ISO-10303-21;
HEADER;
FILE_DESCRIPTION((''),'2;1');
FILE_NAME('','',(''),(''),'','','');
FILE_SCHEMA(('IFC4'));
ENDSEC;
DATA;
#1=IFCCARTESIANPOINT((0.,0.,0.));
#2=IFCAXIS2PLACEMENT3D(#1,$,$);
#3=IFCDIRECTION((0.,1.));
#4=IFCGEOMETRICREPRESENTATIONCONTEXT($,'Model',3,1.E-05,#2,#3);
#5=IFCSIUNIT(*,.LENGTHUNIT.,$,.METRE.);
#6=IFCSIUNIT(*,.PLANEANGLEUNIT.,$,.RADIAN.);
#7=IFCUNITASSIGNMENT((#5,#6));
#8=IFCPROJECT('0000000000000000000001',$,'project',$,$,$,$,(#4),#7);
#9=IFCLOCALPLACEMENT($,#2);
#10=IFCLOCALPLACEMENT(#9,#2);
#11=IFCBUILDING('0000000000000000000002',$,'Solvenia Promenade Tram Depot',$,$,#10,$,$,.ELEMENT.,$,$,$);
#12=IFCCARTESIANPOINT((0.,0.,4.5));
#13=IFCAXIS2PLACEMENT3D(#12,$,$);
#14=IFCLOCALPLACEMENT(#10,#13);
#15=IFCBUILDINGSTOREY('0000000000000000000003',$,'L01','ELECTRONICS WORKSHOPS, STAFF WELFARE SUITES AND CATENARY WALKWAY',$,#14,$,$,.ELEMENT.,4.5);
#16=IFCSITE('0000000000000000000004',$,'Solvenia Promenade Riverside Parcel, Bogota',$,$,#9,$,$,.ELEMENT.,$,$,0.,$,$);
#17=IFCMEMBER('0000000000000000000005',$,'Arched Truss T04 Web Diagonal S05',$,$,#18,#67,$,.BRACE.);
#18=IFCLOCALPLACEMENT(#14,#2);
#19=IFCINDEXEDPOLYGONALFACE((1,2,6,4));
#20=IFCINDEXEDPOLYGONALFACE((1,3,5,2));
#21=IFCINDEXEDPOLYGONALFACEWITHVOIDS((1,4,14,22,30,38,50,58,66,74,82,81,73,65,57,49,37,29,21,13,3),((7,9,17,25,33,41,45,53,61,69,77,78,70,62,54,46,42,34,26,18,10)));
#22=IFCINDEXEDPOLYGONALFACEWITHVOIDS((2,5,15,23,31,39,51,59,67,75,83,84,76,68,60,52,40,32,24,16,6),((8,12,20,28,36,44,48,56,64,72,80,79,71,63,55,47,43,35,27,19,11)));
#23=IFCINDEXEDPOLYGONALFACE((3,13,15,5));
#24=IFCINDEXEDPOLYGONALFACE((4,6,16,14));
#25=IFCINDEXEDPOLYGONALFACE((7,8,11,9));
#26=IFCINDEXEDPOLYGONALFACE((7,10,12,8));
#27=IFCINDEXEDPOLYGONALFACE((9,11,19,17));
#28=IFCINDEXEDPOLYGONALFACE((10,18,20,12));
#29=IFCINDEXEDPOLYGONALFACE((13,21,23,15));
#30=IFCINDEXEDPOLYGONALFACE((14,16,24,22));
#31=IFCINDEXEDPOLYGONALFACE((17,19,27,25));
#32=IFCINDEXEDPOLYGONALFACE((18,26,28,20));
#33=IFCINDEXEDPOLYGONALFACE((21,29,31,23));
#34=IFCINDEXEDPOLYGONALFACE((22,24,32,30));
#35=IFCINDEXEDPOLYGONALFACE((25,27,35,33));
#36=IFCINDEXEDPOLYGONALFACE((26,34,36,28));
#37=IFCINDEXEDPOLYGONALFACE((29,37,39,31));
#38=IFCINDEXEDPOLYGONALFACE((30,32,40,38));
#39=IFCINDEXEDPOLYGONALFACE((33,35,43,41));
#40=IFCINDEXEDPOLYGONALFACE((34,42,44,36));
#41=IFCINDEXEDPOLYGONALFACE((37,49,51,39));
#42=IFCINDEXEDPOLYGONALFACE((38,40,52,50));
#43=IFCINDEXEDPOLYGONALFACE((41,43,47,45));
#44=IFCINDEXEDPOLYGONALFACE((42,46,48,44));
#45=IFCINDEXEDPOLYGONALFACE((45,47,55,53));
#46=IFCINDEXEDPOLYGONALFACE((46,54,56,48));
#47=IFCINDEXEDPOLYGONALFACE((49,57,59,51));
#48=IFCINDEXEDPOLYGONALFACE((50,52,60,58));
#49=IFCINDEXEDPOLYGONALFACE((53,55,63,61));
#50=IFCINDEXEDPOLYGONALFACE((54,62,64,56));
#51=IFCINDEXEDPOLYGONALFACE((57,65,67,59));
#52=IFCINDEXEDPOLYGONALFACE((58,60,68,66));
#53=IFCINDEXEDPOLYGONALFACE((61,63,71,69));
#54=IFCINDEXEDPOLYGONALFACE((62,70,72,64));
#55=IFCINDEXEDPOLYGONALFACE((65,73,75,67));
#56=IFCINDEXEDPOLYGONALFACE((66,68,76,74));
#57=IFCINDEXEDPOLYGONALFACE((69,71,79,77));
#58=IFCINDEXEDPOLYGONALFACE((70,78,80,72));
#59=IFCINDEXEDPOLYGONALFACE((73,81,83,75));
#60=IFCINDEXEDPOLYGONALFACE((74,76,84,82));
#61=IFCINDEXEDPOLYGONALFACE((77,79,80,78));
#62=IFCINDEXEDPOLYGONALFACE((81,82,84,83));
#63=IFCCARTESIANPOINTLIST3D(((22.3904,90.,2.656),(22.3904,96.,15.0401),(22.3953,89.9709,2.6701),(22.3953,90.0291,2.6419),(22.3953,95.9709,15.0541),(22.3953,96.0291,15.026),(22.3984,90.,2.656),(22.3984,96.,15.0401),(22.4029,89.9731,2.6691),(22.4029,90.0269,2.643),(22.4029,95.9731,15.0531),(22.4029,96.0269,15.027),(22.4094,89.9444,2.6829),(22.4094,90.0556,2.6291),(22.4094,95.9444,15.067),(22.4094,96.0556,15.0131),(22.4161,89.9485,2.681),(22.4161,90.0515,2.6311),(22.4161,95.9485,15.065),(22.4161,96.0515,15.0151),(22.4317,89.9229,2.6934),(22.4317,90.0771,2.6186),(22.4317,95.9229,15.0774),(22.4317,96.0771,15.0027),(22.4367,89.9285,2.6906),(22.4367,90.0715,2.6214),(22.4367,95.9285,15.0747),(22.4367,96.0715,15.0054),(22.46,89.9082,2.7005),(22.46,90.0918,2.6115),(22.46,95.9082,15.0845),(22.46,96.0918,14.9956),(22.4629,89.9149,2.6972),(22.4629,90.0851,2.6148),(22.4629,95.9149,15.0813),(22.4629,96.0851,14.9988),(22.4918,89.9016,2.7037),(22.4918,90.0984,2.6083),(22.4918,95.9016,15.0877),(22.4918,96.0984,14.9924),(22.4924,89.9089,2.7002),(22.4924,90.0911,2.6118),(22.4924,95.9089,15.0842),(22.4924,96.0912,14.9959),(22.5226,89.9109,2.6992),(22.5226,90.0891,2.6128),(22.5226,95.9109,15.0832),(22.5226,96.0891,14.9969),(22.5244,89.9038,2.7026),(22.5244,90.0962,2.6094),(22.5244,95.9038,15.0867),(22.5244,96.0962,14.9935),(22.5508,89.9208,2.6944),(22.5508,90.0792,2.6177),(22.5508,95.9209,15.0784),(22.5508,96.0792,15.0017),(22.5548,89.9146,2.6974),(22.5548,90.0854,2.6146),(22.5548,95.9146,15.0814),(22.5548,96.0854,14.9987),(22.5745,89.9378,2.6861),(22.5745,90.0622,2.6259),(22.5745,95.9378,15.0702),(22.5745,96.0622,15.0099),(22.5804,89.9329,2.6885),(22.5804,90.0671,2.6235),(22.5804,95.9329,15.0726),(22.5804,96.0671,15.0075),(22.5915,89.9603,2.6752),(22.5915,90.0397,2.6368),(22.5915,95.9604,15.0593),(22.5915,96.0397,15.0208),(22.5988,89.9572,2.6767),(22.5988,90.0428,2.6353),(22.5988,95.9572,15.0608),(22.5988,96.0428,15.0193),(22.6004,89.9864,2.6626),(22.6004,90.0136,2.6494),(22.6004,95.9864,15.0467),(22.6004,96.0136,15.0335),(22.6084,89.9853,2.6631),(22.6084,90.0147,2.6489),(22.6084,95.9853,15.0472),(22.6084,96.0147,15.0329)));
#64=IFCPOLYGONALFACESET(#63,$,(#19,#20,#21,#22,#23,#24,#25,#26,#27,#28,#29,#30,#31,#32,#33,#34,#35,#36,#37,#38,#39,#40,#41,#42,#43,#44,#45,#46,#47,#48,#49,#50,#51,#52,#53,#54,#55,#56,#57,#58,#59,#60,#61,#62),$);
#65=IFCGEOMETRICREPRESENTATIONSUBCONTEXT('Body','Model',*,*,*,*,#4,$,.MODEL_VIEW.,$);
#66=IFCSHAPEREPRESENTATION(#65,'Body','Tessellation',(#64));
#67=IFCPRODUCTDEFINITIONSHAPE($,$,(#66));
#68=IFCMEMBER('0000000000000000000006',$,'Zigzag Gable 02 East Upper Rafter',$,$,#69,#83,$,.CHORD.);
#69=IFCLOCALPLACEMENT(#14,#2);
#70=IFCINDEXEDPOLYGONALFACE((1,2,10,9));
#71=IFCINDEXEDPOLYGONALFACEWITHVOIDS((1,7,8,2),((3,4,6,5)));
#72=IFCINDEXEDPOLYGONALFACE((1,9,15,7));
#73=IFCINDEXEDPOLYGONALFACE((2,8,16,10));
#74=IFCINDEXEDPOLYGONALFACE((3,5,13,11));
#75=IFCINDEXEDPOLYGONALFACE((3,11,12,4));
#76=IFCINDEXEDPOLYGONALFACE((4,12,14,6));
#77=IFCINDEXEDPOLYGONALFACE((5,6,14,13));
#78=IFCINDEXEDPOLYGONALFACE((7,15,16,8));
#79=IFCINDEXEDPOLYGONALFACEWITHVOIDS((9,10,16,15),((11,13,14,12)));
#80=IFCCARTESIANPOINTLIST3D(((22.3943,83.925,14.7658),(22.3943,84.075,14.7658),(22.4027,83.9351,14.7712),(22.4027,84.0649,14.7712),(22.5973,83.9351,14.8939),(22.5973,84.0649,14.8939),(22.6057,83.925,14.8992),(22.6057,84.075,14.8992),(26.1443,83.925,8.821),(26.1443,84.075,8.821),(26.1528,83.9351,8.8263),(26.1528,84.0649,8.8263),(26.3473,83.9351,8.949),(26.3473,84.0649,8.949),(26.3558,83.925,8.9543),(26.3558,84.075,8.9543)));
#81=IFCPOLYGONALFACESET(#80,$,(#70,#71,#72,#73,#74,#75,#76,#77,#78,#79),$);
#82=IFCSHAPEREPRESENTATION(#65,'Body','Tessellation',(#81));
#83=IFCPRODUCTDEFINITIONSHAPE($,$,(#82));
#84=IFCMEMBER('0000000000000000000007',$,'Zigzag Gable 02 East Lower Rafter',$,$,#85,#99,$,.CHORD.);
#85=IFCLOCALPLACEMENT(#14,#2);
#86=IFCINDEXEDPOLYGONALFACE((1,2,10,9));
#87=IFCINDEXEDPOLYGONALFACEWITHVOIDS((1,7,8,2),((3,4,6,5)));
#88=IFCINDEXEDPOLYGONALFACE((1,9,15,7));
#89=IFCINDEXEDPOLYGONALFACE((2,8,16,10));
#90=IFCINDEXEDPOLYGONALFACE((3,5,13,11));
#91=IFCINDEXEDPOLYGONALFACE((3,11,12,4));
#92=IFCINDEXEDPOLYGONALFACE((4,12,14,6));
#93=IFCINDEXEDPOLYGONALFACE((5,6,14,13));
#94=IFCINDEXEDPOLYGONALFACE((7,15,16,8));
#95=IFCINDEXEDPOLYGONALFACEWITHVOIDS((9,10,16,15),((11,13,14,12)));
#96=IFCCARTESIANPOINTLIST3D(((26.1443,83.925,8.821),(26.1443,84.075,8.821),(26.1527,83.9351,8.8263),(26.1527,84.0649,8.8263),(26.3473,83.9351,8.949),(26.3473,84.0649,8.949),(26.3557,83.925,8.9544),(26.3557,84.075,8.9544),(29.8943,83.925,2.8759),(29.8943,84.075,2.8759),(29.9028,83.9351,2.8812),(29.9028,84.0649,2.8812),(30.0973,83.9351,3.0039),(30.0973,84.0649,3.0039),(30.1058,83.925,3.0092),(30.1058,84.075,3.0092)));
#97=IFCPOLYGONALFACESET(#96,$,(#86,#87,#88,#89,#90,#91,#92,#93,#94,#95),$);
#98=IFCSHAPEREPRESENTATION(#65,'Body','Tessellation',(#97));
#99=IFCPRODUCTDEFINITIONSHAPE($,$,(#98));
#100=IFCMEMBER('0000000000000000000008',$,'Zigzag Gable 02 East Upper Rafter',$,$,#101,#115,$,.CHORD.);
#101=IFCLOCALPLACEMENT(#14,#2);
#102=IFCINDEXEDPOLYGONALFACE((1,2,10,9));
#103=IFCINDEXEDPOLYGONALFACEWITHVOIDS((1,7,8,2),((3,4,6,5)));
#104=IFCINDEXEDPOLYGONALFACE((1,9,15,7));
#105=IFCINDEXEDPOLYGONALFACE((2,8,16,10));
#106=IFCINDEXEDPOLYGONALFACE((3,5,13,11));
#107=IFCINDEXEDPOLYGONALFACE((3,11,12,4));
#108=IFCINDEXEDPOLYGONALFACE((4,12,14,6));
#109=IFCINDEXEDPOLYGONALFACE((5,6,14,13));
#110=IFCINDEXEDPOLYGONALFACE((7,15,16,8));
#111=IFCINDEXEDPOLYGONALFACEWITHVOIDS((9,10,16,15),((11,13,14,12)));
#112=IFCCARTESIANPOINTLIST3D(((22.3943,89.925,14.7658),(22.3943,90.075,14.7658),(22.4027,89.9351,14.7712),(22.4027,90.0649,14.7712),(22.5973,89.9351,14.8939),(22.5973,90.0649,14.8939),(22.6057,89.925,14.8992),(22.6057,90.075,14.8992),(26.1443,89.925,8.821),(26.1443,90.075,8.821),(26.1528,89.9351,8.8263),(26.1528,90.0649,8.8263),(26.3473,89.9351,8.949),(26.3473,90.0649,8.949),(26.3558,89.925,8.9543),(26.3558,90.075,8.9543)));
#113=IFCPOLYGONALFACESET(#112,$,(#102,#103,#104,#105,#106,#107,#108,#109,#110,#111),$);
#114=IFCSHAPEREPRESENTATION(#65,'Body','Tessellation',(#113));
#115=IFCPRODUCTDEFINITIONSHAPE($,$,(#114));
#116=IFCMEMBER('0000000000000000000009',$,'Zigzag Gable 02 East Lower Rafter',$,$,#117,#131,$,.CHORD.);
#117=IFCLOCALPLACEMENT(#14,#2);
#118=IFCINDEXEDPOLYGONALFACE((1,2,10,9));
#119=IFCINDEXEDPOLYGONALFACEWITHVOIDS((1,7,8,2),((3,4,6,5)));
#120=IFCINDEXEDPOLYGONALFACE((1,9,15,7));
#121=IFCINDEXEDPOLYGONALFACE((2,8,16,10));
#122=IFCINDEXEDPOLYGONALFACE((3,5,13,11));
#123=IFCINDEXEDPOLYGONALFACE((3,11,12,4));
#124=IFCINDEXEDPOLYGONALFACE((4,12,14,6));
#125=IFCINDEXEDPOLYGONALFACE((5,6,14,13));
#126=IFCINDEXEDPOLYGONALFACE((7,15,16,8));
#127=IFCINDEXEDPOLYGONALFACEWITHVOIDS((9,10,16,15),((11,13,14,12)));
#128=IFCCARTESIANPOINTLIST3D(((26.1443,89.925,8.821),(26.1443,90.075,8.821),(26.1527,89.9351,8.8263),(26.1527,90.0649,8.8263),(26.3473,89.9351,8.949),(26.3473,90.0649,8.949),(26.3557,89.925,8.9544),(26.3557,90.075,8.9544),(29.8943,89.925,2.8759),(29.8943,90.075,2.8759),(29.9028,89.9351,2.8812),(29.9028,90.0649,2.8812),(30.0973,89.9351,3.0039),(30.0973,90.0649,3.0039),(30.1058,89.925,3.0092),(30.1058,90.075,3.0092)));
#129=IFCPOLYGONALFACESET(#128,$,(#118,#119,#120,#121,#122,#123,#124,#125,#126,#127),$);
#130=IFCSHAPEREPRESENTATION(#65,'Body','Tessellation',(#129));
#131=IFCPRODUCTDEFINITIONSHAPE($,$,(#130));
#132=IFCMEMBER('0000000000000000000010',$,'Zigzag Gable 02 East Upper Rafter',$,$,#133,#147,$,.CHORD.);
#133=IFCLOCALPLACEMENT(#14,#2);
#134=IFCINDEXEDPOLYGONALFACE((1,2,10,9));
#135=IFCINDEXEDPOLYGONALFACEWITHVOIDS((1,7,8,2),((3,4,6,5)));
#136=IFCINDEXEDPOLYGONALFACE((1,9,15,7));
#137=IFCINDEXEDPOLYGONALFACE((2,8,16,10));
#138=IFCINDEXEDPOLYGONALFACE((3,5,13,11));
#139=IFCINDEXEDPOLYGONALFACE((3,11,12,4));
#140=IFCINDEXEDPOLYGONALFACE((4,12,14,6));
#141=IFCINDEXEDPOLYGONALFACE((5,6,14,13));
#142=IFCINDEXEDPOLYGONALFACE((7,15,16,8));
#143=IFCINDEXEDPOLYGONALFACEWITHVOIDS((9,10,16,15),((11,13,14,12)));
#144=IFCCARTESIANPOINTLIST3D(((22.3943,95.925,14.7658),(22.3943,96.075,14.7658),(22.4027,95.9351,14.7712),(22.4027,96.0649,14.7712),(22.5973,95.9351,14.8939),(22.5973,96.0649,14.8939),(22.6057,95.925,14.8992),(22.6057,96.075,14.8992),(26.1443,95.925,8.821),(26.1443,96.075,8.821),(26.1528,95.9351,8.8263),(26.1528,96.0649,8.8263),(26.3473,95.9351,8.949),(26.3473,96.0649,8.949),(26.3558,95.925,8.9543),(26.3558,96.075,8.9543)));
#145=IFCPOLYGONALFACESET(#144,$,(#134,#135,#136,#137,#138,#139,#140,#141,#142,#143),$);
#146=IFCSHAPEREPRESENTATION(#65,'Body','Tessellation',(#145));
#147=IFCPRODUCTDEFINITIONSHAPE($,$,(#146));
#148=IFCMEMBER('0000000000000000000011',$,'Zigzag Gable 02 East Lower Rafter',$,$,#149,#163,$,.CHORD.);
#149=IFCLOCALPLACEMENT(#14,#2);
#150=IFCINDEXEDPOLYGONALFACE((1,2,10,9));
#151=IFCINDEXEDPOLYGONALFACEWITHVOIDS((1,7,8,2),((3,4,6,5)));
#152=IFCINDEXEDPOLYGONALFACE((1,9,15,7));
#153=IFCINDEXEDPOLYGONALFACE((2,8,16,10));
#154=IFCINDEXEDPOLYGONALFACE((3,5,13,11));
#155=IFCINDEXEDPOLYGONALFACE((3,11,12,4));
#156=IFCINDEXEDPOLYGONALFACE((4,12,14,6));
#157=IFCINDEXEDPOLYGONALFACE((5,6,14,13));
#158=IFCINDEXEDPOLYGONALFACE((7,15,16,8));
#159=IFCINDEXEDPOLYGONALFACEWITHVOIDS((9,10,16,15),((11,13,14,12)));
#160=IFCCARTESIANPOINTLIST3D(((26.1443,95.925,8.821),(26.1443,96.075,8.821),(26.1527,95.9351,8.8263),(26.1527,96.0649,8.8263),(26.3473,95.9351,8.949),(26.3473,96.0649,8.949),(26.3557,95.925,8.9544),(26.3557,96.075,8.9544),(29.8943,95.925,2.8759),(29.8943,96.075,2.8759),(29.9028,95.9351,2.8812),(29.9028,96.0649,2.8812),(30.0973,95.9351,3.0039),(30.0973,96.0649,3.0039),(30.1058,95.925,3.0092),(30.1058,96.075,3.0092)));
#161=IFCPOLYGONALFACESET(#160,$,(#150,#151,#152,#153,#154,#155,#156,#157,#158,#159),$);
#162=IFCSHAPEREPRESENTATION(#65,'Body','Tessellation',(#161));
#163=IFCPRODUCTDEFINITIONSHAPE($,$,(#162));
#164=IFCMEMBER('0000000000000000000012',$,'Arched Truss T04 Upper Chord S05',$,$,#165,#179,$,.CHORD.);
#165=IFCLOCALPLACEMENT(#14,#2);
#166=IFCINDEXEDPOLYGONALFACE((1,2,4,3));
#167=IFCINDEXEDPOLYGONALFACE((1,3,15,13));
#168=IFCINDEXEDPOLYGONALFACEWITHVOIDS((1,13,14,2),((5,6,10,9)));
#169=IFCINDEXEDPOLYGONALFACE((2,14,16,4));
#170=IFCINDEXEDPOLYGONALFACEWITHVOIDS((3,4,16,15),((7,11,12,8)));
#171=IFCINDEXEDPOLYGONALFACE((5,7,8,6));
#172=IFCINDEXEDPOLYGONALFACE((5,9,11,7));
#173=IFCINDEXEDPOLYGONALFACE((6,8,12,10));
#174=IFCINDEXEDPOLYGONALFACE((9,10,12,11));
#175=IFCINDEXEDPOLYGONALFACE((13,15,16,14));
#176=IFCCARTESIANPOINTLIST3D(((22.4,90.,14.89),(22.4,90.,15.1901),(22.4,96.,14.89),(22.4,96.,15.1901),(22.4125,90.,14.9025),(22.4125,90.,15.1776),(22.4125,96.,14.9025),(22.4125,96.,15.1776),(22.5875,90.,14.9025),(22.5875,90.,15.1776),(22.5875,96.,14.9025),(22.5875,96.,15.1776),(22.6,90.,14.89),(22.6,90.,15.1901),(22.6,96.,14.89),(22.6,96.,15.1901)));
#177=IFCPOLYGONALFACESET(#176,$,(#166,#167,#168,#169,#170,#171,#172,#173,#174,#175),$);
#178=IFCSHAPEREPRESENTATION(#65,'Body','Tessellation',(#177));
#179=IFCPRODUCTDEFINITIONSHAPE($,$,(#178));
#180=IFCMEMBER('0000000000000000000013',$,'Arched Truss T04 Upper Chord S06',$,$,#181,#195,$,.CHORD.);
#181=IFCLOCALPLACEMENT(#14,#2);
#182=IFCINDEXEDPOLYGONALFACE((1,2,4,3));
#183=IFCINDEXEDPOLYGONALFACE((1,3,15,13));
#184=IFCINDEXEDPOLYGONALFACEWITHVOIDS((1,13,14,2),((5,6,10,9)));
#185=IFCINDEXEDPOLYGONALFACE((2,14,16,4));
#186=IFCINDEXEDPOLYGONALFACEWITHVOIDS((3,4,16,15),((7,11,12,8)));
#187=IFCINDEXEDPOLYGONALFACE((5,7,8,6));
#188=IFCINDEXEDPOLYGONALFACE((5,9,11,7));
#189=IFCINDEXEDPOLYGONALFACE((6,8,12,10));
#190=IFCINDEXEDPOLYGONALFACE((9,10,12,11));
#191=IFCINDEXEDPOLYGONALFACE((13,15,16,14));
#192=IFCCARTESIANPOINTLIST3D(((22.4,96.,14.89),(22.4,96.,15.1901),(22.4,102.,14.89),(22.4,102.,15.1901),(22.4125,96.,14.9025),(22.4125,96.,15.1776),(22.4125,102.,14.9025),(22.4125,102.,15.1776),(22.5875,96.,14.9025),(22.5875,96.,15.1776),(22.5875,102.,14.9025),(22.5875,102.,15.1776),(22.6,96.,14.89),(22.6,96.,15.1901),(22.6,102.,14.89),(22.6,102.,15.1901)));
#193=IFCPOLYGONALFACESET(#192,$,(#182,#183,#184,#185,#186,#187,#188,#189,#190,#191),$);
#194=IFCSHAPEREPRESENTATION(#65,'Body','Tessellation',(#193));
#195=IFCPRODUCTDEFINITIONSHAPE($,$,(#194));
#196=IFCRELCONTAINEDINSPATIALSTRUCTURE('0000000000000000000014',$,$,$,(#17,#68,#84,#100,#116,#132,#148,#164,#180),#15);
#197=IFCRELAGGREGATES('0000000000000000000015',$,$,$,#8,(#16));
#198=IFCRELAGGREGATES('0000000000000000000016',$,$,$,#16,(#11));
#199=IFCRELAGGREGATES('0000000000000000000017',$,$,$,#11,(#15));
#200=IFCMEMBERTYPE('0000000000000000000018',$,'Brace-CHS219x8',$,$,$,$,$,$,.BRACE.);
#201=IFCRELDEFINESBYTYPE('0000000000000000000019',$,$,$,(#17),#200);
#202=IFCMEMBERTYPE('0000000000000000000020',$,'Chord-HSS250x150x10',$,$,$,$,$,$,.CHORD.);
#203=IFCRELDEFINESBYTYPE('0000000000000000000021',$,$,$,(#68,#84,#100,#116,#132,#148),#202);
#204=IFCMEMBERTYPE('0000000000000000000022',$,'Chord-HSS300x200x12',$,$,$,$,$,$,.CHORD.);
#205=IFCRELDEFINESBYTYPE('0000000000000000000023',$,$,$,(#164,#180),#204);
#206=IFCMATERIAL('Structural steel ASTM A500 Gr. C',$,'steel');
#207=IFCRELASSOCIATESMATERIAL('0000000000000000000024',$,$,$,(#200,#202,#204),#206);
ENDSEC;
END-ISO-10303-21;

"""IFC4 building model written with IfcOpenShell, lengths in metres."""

from ifc_helpers import new_model, si_unit, direction, frame, origin, origin_2d, place, context, subcontext, project, spatial, hollow_rectangle, hollow_circle, extrude, material, material_profile, profile_set, type_object, element, save


model = new_model("IFC4")

# Units and contexts
model_context = context("Model", 3, precision=1e-05, world=origin(), true_north=direction((0.0, 1.0)))
body_context = subcontext(model_context, "Body", "Model", "MODEL_VIEW")
ifc_project = project(units=[si_unit("LENGTHUNIT", "METRE"), si_unit("PLANEANGLEUNIT", "RADIAN")], contexts=[model_context])

# Site, building, storey
site_placement = place(None, origin())
site = spatial("IfcSite", under=ifc_project, at=site_placement, Name="Solvenia Promenade Riverside Parcel, Bogota", CompositionType="ELEMENT", RefElevation=0.0)
building_placement = place(site_placement, origin())
building = spatial("IfcBuilding", under=site, at=building_placement, Name="Solvenia Promenade Tram Depot", CompositionType="ELEMENT")
storey_placement = place(building_placement, frame((0.0, 0.0, 4.5)))
storey = spatial("IfcBuildingStorey", under=building, at=storey_placement, Name="L01", Description="ELECTRONICS WORKSHOPS, STAFF WELFARE SUITES AND CATENARY WALKWAY", CompositionType="ELEMENT", Elevation=4.5)

# Members
ifc_material_1 = material(Name="Structural steel ASTM A500 Gr. C", Category="steel")
ifc_material_profile_1 = material_profile(ifc_material_1, hollow_circle(Radius=0.1096, WallThickness=0.0081, at=origin_2d()), Name="CHS219.1x8", Category="steel")
ifc_profile_set_1 = profile_set([ifc_material_profile_1], Name="Structural steel ASTM A500 Gr. C")
member_type_1 = type_object("IfcMemberType", Name="Brace-CHS219x8", PredefinedType="BRACE", material=ifc_profile_set_1)
member_1_placement = place(storey_placement, frame((22.5, 90.0, 2.656), z_axis=(0.0, 0.436016, 0.899939), x_axis=(-1.0, 0.0, 0.0)))
element("IfcMember", 1, at=member_1_placement, inside=storey, type_object=member_type_1, Name="Arched Truss T04 Web Diagonal S05", PredefinedType="BRACE", context=body_context, shape_type="SweptSolid", body=[
    extrude(hollow_circle(Radius=0.1096, WallThickness=0.0081, at=origin_2d()), origin(), (0.0, 0.0, 1.0), 13.761),
])
ifc_material_profile_2 = material_profile(ifc_material_1, hollow_rectangle(XDim=0.1499, YDim=0.25, WallThickness=0.01, at=origin_2d()), Name="HSS250x150x10", Category="steel")
ifc_profile_set_2 = profile_set([ifc_material_profile_2], Name="Structural steel ASTM A500 Gr. C")
member_type_2 = type_object("IfcMemberType", Name="Chord-HSS250x150x10", PredefinedType="CHORD", material=ifc_profile_set_2)
member_2_placement = place(storey_placement, frame((22.5, 84.0, 14.8325), z_axis=(0.533522, 0.0, -0.845786), x_axis=(0.0, 1.0, 0.0)))
element("IfcMember", 2, at=member_2_placement, inside=storey, type_object=member_type_2, Name="Zigzag Gable 02 East Upper Rafter", PredefinedType="CHORD", context=body_context, shape_type="SweptSolid", body=[
    extrude(hollow_rectangle(XDim=0.1499, YDim=0.25, WallThickness=0.01, at=origin_2d()), origin(), (0.0, 0.0, 1.0), 7.0288),
])
member_3_placement = place(storey_placement, frame((26.25, 84.0, 8.8877), z_axis=(0.533507, 0.0, -0.845796), x_axis=(0.0, 1.0, 0.0)))
element("IfcMember", 3, at=member_3_placement, inside=storey, type_object=member_type_2, Name="Zigzag Gable 02 East Lower Rafter", PredefinedType="CHORD", context=body_context, shape_type="SweptSolid", body=[
    extrude(hollow_rectangle(XDim=0.1499, YDim=0.25, WallThickness=0.01, at=origin_2d()), origin(), (0.0, 0.0, 1.0), 7.0291),
])
member_4_placement = place(storey_placement, frame((22.5, 90.0, 14.8325), z_axis=(0.533522, 0.0, -0.845786), x_axis=(0.0, 1.0, 0.0)))
element("IfcMember", 4, at=member_4_placement, inside=storey, type_object=member_type_2, Name="Zigzag Gable 02 East Upper Rafter", PredefinedType="CHORD", context=body_context, shape_type="SweptSolid", body=[
    extrude(hollow_rectangle(XDim=0.1499, YDim=0.25, WallThickness=0.01, at=origin_2d()), origin(), (0.0, 0.0, 1.0), 7.0288),
])
member_5_placement = place(storey_placement, frame((26.25, 90.0, 8.8877), z_axis=(0.533507, 0.0, -0.845796), x_axis=(0.0, 1.0, 0.0)))
element("IfcMember", 5, at=member_5_placement, inside=storey, type_object=member_type_2, Name="Zigzag Gable 02 East Lower Rafter", PredefinedType="CHORD", context=body_context, shape_type="SweptSolid", body=[
    extrude(hollow_rectangle(XDim=0.1499, YDim=0.25, WallThickness=0.01, at=origin_2d()), origin(), (0.0, 0.0, 1.0), 7.0291),
])
member_6_placement = place(storey_placement, frame((22.5, 96.0, 14.8325), z_axis=(0.533522, 0.0, -0.845786), x_axis=(0.0, 1.0, 0.0)))
element("IfcMember", 6, at=member_6_placement, inside=storey, type_object=member_type_2, Name="Zigzag Gable 02 East Upper Rafter", PredefinedType="CHORD", context=body_context, shape_type="SweptSolid", body=[
    extrude(hollow_rectangle(XDim=0.1499, YDim=0.25, WallThickness=0.01, at=origin_2d()), origin(), (0.0, 0.0, 1.0), 7.0288),
])
member_7_placement = place(storey_placement, frame((26.25, 96.0, 8.8877), z_axis=(0.533507, 0.0, -0.845796), x_axis=(0.0, 1.0, 0.0)))
element("IfcMember", 7, at=member_7_placement, inside=storey, type_object=member_type_2, Name="Zigzag Gable 02 East Lower Rafter", PredefinedType="CHORD", context=body_context, shape_type="SweptSolid", body=[
    extrude(hollow_rectangle(XDim=0.1499, YDim=0.25, WallThickness=0.01, at=origin_2d()), origin(), (0.0, 0.0, 1.0), 7.0291),
])
ifc_material_profile_3 = material_profile(ifc_material_1, hollow_rectangle(XDim=0.2, YDim=0.3, WallThickness=0.0125, at=origin_2d()), Name="HSS300x200x12.5", Category="steel")
ifc_profile_set_3 = profile_set([ifc_material_profile_3], Name="Structural steel ASTM A500 Gr. C")
member_type_3 = type_object("IfcMemberType", Name="Chord-HSS300x200x12", PredefinedType="CHORD", material=ifc_profile_set_3)
for number, where, z_axis, x_axis, name in (
    (8, (22.5, 90.0, 15.04), (0.0, 1.0, 0.0), (-1.0, 0.0, 0.0), "Arched Truss T04 Upper Chord S05"),
    (9, (22.5, 96.0, 15.04), (0.0, 1.0, 0.0), (-1.0, 0.0, 0.0), "Arched Truss T04 Upper Chord S06"),
):
    element("IfcMember", number, at=place(storey_placement, frame(where, z_axis=z_axis, x_axis=x_axis)), inside=storey, type_object=member_type_3, Name=name, PredefinedType="CHORD", context=body_context, shape_type="SweptSolid", body=[
        extrude(hollow_rectangle(XDim=0.2, YDim=0.3, WallThickness=0.0125, at=origin_2d()), origin(), (0.0, 0.0, 1.0), 6.0),
    ])

save(model, "model.ifc")
